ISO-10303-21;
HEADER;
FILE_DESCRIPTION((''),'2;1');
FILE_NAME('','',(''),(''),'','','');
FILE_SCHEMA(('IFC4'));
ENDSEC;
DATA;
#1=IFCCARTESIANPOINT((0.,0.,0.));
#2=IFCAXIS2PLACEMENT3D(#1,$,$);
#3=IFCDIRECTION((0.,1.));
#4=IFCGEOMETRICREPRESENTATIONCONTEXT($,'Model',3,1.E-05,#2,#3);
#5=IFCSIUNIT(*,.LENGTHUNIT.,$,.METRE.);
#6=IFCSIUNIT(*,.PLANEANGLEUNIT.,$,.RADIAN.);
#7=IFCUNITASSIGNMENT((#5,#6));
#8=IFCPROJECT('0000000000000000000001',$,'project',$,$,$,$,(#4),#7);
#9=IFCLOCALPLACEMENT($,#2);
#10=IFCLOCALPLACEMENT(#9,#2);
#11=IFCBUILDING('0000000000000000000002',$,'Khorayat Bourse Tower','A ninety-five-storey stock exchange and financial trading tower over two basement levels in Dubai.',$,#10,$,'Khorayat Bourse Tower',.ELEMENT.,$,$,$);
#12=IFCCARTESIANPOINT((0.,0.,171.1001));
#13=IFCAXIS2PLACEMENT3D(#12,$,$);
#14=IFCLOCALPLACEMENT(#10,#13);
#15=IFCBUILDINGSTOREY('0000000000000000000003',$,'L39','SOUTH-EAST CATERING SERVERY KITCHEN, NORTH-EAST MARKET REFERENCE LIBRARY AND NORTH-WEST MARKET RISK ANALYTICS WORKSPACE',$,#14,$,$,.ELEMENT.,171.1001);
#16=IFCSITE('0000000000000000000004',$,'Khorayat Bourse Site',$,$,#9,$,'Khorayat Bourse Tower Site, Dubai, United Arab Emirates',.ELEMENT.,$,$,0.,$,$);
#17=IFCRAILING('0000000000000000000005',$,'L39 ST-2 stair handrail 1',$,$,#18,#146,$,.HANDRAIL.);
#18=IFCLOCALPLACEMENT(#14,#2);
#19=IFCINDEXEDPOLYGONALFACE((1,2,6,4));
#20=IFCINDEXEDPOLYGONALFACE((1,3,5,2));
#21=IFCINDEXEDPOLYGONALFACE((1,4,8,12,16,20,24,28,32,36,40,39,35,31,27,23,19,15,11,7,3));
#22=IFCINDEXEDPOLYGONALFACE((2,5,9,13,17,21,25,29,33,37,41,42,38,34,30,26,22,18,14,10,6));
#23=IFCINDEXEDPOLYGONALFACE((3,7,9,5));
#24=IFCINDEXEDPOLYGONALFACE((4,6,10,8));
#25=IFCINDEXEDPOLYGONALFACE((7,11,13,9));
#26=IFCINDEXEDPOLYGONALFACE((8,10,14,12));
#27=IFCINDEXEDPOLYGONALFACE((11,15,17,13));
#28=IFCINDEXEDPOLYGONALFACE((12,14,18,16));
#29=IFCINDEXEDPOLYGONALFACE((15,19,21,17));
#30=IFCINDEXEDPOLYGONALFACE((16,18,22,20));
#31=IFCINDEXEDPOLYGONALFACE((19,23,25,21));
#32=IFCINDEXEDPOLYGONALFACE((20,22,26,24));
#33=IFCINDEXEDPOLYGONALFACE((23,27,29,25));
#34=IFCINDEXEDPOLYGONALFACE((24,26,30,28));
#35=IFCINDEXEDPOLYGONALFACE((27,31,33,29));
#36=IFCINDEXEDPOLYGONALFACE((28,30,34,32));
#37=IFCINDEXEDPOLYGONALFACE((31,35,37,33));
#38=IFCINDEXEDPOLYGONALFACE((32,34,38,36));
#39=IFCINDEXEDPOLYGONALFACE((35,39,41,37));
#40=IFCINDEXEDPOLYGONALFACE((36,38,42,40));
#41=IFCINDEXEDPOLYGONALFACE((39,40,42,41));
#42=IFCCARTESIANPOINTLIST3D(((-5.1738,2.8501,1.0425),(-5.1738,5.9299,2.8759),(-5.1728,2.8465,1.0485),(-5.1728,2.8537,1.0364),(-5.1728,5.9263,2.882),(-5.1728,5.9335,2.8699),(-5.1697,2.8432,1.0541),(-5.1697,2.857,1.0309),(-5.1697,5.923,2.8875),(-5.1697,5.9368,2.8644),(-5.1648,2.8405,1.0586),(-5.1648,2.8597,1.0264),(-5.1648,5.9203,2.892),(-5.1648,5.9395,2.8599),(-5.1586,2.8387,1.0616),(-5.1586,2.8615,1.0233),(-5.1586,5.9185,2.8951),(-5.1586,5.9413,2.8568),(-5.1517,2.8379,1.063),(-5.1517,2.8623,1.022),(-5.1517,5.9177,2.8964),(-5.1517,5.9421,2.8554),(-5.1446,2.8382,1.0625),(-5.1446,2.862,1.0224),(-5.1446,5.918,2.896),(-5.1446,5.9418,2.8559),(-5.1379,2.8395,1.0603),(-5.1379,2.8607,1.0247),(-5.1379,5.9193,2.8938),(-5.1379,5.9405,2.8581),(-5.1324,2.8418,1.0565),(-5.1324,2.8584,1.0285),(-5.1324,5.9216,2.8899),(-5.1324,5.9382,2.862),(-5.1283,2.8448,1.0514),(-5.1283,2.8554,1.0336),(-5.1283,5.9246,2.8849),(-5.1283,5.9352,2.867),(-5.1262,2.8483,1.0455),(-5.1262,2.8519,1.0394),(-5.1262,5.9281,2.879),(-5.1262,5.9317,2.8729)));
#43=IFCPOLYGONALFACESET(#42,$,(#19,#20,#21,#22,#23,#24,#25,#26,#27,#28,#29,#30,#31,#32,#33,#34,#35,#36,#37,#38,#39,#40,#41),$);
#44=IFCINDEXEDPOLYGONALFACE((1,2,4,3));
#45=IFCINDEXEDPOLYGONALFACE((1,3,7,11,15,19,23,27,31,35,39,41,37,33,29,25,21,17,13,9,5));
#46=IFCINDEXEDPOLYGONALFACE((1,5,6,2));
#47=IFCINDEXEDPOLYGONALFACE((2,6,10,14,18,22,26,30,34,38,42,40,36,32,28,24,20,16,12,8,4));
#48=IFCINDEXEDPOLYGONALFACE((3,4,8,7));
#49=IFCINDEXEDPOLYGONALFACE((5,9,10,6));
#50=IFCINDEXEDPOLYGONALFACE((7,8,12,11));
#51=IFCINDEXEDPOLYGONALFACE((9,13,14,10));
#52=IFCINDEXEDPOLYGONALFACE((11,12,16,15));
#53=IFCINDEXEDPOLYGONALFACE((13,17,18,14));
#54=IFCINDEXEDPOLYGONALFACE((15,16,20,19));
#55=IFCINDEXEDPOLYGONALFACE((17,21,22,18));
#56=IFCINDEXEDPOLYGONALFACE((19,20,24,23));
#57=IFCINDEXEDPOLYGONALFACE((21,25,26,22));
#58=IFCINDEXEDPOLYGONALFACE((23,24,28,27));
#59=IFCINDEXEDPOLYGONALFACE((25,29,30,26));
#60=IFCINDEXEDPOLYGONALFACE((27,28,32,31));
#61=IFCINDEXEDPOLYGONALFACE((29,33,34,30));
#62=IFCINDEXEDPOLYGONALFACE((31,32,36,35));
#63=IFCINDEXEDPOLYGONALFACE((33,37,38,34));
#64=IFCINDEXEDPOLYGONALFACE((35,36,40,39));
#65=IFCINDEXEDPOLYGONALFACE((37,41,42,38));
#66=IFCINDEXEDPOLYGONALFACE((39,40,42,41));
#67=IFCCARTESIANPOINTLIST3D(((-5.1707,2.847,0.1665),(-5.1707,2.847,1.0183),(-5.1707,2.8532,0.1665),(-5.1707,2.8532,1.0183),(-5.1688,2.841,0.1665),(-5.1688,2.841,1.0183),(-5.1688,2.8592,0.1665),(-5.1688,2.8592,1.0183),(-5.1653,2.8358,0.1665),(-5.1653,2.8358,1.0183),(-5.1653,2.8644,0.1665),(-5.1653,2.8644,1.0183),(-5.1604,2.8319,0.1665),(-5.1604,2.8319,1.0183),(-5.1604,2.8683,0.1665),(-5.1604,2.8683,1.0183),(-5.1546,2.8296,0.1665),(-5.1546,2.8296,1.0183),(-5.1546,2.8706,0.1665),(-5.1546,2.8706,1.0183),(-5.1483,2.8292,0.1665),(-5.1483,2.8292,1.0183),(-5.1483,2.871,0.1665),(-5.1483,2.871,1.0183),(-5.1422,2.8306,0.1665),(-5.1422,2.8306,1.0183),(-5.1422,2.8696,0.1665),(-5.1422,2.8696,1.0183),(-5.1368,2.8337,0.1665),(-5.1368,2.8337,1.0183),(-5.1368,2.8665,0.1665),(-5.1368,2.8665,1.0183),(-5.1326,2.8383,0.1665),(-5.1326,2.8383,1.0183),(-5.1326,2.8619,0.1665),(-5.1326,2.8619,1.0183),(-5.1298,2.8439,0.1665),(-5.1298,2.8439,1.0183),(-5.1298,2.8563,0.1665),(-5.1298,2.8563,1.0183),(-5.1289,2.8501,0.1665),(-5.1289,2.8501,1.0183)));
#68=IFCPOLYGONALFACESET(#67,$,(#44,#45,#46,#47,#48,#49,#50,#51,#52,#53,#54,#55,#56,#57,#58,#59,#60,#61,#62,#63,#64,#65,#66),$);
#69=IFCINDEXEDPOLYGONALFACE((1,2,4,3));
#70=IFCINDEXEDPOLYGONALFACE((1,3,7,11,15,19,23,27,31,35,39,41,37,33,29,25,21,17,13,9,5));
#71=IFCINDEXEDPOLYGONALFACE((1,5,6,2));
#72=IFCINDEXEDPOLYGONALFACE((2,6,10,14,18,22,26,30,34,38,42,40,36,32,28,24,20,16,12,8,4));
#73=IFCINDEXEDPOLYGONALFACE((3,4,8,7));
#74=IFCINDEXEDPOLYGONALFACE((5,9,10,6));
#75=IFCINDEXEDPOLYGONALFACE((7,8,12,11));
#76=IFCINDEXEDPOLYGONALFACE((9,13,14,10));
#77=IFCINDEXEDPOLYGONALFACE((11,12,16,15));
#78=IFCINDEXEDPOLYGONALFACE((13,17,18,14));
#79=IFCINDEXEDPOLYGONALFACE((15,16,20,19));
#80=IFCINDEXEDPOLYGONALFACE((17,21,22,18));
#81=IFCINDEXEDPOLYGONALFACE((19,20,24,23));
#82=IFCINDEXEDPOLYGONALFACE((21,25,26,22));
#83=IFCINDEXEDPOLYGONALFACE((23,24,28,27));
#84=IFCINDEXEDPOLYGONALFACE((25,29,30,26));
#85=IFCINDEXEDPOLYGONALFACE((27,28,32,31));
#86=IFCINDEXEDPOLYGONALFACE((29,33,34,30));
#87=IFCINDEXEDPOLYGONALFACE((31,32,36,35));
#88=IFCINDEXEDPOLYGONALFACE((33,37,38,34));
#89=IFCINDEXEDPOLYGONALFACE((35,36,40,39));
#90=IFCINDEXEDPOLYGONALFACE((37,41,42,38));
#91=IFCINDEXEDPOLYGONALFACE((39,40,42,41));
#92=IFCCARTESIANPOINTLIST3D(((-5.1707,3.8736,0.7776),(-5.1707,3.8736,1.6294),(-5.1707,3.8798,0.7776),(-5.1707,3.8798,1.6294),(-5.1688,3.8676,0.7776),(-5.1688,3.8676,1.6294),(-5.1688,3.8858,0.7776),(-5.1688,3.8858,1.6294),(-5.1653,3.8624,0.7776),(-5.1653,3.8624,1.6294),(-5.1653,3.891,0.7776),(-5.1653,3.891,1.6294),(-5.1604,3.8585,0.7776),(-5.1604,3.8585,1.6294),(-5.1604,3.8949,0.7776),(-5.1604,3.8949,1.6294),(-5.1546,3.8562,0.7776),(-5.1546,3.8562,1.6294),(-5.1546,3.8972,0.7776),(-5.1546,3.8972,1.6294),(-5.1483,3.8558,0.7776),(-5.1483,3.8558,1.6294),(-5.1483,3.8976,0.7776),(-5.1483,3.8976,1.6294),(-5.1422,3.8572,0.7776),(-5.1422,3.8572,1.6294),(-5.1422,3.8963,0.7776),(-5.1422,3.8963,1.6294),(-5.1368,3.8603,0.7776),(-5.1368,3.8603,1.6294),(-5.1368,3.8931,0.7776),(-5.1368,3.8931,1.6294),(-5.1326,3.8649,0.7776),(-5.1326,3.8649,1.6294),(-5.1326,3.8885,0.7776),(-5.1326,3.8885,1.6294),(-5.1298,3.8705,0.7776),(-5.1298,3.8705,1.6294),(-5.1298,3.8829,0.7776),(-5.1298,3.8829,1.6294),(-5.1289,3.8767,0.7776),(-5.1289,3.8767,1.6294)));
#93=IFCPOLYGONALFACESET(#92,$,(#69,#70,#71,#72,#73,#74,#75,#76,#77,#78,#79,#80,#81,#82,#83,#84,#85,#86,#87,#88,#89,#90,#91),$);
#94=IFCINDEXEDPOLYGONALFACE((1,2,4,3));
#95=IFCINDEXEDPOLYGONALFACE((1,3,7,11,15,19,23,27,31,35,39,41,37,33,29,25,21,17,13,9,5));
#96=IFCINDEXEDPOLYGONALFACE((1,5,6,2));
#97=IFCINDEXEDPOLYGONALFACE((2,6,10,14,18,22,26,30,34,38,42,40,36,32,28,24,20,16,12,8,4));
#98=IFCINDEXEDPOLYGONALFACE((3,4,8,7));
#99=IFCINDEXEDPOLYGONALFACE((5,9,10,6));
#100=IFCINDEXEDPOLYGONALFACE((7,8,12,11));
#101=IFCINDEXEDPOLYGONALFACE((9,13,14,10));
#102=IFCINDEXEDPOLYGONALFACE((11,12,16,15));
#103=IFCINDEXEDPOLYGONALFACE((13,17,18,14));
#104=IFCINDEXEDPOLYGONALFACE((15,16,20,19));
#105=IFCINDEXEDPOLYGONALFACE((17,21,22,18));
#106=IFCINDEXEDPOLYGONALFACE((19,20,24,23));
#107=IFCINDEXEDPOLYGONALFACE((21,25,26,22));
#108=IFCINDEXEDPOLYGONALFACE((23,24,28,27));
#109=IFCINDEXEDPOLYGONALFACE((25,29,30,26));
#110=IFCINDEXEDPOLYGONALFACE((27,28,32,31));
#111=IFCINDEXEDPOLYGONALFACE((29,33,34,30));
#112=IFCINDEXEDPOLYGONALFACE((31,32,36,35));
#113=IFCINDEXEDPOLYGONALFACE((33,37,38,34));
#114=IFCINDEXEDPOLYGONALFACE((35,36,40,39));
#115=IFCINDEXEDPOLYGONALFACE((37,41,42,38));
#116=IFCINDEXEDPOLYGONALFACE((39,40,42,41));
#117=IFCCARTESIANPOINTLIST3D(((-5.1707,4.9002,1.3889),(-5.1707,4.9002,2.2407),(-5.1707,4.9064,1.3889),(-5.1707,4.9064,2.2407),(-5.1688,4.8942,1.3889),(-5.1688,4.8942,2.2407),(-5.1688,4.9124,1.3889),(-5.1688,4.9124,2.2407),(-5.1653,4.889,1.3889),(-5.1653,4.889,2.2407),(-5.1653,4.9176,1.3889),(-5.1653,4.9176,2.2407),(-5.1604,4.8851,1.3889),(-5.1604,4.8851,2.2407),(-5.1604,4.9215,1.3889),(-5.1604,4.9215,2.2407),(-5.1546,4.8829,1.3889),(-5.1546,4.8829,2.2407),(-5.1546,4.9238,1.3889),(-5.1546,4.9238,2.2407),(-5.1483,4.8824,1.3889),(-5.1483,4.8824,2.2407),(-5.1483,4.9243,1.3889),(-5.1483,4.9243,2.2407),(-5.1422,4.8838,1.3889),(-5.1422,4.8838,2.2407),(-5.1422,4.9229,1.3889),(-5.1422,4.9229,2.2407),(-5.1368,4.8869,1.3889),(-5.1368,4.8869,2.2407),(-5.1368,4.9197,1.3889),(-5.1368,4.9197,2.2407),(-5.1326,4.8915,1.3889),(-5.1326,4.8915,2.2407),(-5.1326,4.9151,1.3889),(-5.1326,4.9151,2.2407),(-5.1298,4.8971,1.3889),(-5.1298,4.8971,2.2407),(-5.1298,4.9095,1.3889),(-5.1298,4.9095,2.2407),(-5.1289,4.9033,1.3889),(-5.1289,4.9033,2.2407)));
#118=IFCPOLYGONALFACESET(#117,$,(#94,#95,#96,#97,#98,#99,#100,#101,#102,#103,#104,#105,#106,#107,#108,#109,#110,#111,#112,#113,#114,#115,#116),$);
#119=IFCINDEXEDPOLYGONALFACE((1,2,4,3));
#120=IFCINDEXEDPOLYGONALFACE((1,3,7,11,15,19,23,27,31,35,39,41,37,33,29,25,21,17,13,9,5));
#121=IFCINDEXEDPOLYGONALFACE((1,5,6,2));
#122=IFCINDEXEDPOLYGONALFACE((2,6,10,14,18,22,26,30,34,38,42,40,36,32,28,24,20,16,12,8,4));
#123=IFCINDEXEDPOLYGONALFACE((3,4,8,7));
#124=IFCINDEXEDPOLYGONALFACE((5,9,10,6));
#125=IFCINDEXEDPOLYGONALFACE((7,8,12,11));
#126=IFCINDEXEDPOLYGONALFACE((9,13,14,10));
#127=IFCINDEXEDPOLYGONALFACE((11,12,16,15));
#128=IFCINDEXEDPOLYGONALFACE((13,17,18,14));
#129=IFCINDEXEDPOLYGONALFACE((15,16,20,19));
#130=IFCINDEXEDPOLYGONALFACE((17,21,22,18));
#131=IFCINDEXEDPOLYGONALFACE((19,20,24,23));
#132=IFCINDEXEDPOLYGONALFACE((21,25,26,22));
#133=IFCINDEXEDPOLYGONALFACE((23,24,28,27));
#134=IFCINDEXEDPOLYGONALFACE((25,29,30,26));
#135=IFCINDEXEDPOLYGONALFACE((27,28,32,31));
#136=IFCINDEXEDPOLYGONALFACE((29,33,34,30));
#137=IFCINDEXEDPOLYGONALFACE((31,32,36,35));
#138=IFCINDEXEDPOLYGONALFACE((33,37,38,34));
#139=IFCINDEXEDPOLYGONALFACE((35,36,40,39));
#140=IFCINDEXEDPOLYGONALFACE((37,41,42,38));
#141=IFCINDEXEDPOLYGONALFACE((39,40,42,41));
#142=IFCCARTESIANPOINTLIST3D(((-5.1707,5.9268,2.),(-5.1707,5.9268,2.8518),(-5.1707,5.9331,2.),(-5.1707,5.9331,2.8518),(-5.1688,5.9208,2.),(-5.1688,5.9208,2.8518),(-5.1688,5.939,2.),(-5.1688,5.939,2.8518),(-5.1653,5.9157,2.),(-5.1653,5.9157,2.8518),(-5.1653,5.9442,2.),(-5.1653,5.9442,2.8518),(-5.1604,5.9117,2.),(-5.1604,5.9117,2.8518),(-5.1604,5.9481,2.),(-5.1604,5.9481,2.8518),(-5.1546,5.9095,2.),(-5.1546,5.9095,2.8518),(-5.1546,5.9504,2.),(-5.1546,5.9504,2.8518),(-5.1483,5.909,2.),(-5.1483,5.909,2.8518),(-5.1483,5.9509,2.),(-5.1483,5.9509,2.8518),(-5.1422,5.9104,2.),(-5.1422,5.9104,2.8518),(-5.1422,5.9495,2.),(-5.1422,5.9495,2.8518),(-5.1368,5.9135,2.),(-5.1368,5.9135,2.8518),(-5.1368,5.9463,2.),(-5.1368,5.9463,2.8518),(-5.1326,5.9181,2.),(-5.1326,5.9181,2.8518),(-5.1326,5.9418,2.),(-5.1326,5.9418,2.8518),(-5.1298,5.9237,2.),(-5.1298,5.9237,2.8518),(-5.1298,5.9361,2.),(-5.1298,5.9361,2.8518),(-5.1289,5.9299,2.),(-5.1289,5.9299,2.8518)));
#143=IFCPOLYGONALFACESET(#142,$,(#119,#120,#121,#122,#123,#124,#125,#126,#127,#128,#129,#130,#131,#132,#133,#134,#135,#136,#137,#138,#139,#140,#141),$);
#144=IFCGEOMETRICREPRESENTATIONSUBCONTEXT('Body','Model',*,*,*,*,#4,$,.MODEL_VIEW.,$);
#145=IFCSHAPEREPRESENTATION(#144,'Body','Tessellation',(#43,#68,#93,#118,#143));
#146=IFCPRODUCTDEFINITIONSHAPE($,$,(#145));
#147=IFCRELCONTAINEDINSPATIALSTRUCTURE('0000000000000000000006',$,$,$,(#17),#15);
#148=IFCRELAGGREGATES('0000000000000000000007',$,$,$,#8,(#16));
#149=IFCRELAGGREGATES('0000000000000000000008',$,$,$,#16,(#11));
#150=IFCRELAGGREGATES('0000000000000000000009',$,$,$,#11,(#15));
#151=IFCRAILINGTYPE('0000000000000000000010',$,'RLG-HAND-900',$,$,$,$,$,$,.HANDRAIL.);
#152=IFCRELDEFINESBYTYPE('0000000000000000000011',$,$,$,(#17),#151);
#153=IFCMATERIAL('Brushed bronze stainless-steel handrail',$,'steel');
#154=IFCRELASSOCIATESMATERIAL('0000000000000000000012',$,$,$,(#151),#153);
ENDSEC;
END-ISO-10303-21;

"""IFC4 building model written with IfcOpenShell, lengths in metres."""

from ifc_helpers import new_model, si_unit, direction, frame, origin, origin_2d, place, context, subcontext, project, spatial, circle, extrude, source, transform, mapped, material, type_object, element, save


model = new_model("IFC4")

# Units and contexts
model_context = context("Model", 3, precision=1e-05, world=origin(), true_north=direction((0.0, 1.0)))
body_context = subcontext(model_context, "Body", "Model", "MODEL_VIEW")
ifc_project = project(units=[si_unit("LENGTHUNIT", "METRE"), si_unit("PLANEANGLEUNIT", "RADIAN")], contexts=[model_context])

# Site, building, storey
site_placement = place(None, origin())
site = spatial("IfcSite", under=ifc_project, at=site_placement, Name="Khorayat Bourse Site", LongName="Khorayat Bourse Tower Site, Dubai, United Arab Emirates", CompositionType="ELEMENT", RefElevation=0.0)
building_placement = place(site_placement, origin())
building = spatial("IfcBuilding", under=site, at=building_placement, Name="Khorayat Bourse Tower", Description="A ninety-five-storey stock exchange and financial trading tower over two basement levels in Dubai.", LongName="Khorayat Bourse Tower", CompositionType="ELEMENT")
storey_placement = place(building_placement, frame((0.0, 0.0, 171.1001)))
storey = spatial("IfcBuildingStorey", under=building, at=storey_placement, Name="L39", Description="SOUTH-EAST CATERING SERVERY KITCHEN, NORTH-EAST MARKET REFERENCE LIBRARY AND NORTH-WEST MARKET RISK ANALYTICS WORKSPACE", CompositionType="ELEMENT", Elevation=171.1001)

# Railing
ifc_material_1 = material(Name="Brushed bronze stainless-steel handrail", Category="steel")
railing_type_1 = type_object("IfcRailingType", Name="RLG-HAND-900", PredefinedType="HANDRAIL", material=ifc_material_1)
shared_shape_1 = source(origin(), body_context, "Body", "SweptSolid", [
    extrude(circle(Radius=0.0239, at=origin_2d()), frame((0.0, 0.0, 0.876), z_axis=(0.0, 0.859261, 0.511538), x_axis=(-1.0, 0.0, 0.0)), (0.0, 0.0, 1.0), 3.5842),
    extrude(circle(Radius=0.021, at=origin_2d()), origin(), (0.0, 0.0, 1.0), 0.8518),
    extrude(circle(Radius=0.021, at=origin_2d()), frame((0.0, 1.0266, 0.6111)), (0.0, 0.0, 1.0), 0.8518),
    extrude(circle(Radius=0.021, at=origin_2d()), frame((0.0, 2.0532, 1.2224)), (0.0, 0.0, 1.0), 0.8518),
    extrude(circle(Radius=0.021, at=origin_2d()), frame((0.0, 3.0798, 1.8335)), (0.0, 0.0, 1.0), 0.8518),
])
railing_1_placement = place(storey_placement, frame((-5.1499, 2.8501, 0.1665)))
element("IfcRailing", 1, at=railing_1_placement, inside=storey, type_object=railing_type_1, Name="L39 ST-2 stair handrail 1", PredefinedType="HANDRAIL", context=body_context, shape_type="MappedRepresentation", body=[
    mapped(shared_shape_1, transform((0.0, 0.0, 0.0), scale=1.0)),
])

save(model, "model.ifc")
